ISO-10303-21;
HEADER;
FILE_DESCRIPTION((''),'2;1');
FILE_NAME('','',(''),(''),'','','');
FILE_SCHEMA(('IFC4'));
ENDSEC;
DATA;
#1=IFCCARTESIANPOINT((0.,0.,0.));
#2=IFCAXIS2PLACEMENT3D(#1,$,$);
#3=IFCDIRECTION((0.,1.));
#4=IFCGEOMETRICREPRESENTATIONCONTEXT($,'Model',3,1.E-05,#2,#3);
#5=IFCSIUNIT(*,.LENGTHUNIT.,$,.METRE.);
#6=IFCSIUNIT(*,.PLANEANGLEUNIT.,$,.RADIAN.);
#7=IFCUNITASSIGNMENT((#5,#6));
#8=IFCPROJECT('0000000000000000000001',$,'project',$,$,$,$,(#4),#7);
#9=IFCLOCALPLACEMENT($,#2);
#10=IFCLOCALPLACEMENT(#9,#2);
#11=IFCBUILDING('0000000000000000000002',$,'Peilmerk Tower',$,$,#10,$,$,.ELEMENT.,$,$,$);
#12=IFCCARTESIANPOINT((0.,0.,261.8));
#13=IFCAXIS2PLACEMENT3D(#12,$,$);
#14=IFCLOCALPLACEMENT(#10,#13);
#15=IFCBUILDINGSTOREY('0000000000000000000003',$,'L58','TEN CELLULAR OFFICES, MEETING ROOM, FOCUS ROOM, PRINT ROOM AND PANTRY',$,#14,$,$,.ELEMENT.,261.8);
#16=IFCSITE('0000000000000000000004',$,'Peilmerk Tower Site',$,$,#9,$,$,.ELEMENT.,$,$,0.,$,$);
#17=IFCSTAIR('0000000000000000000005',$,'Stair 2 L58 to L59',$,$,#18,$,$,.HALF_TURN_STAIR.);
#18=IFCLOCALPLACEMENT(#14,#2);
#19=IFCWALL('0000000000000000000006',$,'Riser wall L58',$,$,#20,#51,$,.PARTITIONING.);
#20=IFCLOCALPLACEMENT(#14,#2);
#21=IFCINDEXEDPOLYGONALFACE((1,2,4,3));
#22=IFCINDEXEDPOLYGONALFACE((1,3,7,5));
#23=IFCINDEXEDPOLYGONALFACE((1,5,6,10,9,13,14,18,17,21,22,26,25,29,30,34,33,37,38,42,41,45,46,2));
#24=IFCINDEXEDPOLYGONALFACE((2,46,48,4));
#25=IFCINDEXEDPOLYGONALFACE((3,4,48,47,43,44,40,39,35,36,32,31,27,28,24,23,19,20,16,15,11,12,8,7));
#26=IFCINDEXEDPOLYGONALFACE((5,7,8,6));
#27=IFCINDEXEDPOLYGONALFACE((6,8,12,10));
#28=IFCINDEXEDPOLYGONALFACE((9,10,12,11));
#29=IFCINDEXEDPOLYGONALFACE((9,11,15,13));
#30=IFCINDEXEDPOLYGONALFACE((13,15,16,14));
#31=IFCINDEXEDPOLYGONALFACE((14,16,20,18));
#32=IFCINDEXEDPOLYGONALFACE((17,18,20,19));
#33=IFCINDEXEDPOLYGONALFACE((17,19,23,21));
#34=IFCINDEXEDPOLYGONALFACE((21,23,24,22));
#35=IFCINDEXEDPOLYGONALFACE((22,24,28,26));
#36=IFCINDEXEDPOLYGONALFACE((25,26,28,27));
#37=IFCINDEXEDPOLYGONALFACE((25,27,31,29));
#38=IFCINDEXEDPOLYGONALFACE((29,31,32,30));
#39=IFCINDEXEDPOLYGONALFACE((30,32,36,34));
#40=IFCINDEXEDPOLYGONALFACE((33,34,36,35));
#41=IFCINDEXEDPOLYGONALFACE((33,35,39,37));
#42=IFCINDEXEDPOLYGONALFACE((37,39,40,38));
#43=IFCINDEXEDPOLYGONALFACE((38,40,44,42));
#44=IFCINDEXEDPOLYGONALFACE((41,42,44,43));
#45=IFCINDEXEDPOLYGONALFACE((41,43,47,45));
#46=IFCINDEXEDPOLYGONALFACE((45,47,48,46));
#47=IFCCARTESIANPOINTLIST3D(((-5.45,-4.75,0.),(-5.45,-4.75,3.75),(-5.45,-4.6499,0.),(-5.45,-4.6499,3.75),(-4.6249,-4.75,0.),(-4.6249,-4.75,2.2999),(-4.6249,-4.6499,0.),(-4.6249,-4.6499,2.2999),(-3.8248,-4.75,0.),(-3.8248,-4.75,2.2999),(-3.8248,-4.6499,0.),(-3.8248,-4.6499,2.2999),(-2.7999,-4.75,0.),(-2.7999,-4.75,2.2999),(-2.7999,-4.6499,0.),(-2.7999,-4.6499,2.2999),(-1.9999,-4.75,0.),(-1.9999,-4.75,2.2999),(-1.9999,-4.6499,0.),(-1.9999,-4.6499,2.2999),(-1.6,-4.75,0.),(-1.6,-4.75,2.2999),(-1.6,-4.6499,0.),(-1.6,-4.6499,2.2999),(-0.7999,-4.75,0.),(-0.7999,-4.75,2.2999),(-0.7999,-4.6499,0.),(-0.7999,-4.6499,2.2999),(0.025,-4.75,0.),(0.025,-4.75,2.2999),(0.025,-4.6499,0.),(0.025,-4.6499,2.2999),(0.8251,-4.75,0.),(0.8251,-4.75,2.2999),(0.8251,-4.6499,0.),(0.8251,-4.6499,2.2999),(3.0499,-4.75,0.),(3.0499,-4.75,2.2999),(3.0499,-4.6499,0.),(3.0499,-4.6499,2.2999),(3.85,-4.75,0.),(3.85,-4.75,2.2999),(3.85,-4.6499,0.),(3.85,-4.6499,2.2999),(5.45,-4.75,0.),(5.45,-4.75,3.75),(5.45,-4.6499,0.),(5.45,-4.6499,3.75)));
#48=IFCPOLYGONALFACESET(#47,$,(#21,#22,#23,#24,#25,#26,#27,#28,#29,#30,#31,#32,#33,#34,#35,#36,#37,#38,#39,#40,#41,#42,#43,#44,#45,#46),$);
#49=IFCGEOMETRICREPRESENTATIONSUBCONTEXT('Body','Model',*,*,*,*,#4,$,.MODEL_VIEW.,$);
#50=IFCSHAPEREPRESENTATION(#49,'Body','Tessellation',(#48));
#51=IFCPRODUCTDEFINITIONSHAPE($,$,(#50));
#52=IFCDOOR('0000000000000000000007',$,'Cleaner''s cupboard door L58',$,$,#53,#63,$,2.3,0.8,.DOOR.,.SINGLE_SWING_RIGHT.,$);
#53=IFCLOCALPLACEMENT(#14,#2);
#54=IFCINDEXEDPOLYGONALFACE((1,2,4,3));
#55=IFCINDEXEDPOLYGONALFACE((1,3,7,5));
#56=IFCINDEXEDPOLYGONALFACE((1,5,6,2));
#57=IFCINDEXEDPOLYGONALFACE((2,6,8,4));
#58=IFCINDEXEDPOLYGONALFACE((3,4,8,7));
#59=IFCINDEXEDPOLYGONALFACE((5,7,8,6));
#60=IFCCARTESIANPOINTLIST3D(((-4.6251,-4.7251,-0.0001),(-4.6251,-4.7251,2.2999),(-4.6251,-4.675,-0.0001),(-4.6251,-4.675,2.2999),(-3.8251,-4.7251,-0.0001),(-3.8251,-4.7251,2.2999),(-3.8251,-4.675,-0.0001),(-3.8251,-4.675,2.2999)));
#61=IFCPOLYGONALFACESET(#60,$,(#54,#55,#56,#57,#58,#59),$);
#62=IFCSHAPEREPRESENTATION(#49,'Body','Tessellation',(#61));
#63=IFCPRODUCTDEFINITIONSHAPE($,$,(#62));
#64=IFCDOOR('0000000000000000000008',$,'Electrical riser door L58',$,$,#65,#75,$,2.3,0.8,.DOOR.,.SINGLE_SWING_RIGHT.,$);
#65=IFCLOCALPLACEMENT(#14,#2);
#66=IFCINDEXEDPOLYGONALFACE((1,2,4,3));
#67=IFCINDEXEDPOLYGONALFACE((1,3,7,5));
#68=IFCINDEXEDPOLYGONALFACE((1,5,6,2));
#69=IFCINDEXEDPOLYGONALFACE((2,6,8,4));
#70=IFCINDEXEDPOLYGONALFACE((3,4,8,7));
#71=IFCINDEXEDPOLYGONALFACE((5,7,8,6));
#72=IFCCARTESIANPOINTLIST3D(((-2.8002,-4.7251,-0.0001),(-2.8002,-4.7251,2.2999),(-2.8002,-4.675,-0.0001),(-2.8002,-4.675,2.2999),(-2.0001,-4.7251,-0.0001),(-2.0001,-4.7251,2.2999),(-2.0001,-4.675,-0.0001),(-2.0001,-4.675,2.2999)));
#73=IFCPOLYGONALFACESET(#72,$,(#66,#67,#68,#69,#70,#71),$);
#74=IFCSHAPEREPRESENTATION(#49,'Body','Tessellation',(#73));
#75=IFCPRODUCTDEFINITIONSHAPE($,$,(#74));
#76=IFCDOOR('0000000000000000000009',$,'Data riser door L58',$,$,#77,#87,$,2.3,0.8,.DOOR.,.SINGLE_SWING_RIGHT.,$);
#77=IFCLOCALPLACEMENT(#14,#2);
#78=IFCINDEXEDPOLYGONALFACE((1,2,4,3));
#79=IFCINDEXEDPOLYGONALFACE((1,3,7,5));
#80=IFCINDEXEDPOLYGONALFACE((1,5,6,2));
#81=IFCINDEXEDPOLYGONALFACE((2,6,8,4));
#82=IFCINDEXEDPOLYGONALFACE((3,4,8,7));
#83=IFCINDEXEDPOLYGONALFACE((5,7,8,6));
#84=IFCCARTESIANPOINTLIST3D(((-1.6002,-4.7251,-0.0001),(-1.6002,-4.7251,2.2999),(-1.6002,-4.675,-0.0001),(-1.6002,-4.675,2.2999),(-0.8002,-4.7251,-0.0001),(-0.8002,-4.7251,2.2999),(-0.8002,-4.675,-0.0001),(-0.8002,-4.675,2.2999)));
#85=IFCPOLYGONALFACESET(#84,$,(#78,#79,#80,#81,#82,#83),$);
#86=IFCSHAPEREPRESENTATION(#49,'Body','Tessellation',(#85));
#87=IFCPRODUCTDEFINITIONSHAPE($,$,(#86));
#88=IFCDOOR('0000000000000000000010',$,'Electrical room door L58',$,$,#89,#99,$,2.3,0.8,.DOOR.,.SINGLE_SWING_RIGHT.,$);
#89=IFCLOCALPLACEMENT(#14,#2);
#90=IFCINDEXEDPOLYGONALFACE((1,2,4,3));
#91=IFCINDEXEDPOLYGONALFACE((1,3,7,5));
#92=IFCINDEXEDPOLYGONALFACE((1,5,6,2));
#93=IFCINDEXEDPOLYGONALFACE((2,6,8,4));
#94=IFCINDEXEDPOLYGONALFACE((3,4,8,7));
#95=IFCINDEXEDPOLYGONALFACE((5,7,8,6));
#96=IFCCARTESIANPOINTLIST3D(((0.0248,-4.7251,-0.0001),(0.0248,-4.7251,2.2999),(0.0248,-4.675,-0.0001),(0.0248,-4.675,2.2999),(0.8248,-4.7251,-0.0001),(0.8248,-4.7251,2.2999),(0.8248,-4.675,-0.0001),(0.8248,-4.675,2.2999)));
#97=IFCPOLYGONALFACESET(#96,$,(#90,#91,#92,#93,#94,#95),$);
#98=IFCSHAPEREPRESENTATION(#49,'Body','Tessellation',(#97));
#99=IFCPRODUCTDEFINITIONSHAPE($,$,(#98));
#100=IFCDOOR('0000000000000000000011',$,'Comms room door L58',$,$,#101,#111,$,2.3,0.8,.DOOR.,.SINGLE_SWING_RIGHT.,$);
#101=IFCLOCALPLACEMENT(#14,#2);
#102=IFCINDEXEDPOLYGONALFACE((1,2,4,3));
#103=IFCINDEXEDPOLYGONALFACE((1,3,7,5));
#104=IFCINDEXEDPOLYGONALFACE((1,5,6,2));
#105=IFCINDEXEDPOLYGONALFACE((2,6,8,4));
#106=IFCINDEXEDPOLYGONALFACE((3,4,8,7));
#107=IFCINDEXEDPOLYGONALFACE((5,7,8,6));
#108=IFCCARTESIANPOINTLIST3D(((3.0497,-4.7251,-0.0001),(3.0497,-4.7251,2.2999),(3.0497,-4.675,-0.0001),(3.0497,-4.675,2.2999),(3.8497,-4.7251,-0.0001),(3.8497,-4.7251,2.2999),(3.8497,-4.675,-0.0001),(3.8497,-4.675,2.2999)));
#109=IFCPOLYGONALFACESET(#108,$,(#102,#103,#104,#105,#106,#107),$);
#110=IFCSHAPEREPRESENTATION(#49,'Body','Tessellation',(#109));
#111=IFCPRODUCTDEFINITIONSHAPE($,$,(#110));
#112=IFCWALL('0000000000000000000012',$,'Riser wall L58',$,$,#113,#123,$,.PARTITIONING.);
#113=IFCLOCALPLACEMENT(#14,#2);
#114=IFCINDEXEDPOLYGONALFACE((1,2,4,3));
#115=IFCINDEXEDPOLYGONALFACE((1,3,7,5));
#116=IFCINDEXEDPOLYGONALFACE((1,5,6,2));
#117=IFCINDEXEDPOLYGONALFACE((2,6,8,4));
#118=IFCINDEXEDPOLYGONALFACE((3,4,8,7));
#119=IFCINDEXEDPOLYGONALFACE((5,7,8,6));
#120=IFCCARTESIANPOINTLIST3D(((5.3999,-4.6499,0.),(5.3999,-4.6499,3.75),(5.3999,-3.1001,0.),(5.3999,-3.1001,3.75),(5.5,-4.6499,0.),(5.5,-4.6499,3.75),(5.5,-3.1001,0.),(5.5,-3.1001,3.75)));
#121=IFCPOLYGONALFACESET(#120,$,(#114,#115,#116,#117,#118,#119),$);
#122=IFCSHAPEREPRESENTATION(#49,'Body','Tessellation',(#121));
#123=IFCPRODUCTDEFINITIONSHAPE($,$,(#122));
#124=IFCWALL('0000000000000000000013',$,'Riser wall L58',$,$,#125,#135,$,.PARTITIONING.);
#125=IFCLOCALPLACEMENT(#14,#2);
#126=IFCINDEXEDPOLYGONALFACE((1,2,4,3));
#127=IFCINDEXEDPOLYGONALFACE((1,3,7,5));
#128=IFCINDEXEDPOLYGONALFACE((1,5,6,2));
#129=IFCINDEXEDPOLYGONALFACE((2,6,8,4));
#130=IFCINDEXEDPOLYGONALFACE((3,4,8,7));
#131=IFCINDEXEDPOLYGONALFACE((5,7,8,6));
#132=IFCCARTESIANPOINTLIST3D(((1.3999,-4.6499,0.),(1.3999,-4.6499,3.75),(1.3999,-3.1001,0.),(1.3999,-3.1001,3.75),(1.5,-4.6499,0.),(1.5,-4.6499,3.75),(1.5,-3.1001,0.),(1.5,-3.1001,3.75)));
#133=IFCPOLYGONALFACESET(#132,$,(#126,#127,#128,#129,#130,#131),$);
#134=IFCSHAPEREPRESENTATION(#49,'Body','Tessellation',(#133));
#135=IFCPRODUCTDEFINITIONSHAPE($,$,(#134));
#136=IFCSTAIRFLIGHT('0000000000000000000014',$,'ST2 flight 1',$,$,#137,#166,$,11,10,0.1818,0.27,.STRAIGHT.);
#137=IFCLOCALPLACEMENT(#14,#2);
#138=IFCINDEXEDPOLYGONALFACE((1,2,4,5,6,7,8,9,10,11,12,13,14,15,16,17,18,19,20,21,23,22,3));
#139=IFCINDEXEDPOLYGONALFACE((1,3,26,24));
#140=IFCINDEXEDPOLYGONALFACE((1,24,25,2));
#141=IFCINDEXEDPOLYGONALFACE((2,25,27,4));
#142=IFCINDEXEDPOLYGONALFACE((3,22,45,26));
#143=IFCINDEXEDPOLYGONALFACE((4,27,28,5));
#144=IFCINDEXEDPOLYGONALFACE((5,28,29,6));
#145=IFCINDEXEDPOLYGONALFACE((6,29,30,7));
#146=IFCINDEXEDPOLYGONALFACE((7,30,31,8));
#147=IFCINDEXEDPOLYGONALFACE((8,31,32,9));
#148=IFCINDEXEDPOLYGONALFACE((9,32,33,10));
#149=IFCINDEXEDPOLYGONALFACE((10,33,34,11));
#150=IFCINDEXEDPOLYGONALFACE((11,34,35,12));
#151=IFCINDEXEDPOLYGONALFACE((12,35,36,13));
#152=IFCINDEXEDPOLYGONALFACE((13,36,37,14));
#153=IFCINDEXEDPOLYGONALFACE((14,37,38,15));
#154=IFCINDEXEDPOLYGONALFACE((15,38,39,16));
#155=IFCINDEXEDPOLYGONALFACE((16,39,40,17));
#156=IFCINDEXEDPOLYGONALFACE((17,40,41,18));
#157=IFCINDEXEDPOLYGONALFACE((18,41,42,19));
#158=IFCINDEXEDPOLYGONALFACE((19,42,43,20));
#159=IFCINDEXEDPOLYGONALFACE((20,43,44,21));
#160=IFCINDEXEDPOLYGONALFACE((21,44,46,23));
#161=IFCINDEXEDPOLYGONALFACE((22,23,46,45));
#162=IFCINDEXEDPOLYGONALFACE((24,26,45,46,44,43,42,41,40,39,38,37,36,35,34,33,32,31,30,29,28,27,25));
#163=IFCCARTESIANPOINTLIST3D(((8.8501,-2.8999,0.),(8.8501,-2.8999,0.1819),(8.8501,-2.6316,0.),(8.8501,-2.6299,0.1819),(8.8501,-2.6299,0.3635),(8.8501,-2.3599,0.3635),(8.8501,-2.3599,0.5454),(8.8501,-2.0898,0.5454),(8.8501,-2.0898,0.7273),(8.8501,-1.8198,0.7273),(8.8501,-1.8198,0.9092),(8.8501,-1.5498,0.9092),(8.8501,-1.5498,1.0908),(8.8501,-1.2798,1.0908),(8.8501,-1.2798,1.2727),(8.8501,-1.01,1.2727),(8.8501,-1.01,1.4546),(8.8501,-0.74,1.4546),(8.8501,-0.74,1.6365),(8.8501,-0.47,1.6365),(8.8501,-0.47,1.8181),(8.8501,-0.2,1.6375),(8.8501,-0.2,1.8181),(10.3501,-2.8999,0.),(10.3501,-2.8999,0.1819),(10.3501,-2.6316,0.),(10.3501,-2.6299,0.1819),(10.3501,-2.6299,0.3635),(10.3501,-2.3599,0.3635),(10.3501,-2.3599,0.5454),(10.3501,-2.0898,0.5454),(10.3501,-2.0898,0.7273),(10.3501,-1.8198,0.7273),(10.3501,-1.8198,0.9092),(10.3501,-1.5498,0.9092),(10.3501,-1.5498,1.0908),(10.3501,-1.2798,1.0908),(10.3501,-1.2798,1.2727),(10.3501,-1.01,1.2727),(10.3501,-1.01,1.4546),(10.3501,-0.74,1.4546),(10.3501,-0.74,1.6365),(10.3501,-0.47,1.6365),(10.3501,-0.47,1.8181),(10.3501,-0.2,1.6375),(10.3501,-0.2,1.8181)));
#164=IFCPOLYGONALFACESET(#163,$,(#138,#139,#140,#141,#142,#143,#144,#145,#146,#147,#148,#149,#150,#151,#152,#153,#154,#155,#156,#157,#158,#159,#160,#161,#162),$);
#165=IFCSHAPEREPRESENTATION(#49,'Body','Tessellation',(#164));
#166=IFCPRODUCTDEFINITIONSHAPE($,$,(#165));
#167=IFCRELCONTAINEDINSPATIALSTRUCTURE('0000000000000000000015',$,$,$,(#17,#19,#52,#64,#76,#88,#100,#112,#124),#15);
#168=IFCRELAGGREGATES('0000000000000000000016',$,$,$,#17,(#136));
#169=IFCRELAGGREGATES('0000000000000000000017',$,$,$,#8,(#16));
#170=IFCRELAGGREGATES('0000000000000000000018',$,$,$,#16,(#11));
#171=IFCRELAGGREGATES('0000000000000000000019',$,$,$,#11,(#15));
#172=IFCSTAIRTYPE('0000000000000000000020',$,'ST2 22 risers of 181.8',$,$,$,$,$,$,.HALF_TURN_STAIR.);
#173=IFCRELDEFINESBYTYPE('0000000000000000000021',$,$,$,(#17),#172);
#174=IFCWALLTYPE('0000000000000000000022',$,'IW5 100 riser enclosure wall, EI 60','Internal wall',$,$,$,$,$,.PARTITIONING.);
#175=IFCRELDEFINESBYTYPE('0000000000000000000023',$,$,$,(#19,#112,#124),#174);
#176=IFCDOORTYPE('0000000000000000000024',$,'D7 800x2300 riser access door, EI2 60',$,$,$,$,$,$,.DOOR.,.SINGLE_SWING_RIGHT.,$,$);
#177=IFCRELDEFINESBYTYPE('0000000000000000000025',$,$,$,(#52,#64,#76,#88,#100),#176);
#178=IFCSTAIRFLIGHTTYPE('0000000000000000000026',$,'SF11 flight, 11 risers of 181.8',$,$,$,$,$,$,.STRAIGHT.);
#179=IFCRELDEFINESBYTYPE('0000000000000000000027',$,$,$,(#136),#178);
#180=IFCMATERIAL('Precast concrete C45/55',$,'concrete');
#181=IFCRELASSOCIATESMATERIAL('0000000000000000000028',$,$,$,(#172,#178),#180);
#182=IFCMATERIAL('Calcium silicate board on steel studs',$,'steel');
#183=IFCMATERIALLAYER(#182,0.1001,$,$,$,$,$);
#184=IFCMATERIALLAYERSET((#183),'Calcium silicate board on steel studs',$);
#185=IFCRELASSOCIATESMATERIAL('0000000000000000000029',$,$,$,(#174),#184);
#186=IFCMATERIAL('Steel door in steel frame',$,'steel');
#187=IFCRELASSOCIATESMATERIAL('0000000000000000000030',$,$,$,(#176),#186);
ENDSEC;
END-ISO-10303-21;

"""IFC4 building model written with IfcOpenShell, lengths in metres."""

from ifc_helpers import new_model, si_unit, direction, frame, frame_2d, origin, place, context, subcontext, project, spatial, polyline, rectangle, outline, extrude, material, layer, layer_set, type_object, element, fill, aggregate, save


model = new_model("IFC4")

# Units and contexts
model_context = context("Model", 3, precision=1e-05, world=origin(), true_north=direction((0.0, 1.0)))
body_context = subcontext(model_context, "Body", "Model", "MODEL_VIEW")
ifc_project = project(units=[si_unit("LENGTHUNIT", "METRE"), si_unit("PLANEANGLEUNIT", "RADIAN")], contexts=[model_context])

# Site, building, storey
site_placement = place(None, origin())
site = spatial("IfcSite", under=ifc_project, at=site_placement, Name="Peilmerk Tower Site", CompositionType="ELEMENT", RefElevation=0.0)
building_placement = place(site_placement, origin())
building = spatial("IfcBuilding", under=site, at=building_placement, Name="Peilmerk Tower", CompositionType="ELEMENT")
storey_placement = place(building_placement, frame((0.0, 0.0, 261.8)))
storey = spatial("IfcBuildingStorey", under=building, at=storey_placement, Name="L58", Description="TEN CELLULAR OFFICES, MEETING ROOM, FOCUS ROOM, PRINT ROOM AND PANTRY", CompositionType="ELEMENT", Elevation=261.8)

# Stair
ifc_material_1 = material(Name="Precast concrete C45/55", Category="concrete")
stair_type = type_object("IfcStairType", Name="ST2 22 risers of 181.8", PredefinedType="HALF_TURN_STAIR", material=ifc_material_1)
stair_placement = place(storey_placement, origin())
stair = element("IfcStair", 1, at=stair_placement, inside=storey, type_object=stair_type, Name="Stair 2 L58 to L59", PredefinedType="HALF_TURN_STAIR")

# Shared definitions
ifc_material_2 = material(Name="Steel door in steel frame", Category="steel")

# Shared definitions
ifc_material_3 = material(Name="Calcium silicate board on steel studs", Category="steel")
ifc_layer_1 = layer(ifc_material_3, 0.1001)
ifc_layer_set_1 = layer_set([ifc_layer_1], Name="Calcium silicate board on steel studs")
wall_type_1 = type_object("IfcWallType", Name="IW5 100 riser enclosure wall, EI 60", Description="Internal wall", PredefinedType="PARTITIONING", material=ifc_layer_set_1)

# Wall, openings, doors
wall_1_placement = place(storey_placement, frame((5.45, -4.7, 0.0), z_axis=(0.0, 0.0, 1.0), x_axis=(-1.0, 0.0, 0.0)))
wall_1 = element("IfcWall", 2, at=wall_1_placement, inside=storey, type_object=wall_type_1, Name="Riser wall L58", PredefinedType="PARTITIONING", context=body_context, shape_type="SweptSolid", body=[
    extrude(rectangle(XDim=10.8999, YDim=0.1001, at=frame_2d((5.45, 0.0))), origin(), (0.0, 0.0, 1.0), 3.75),
])
opening_1_placement = place(wall_1_placement, frame((9.2749, 0.0, 0.0)))
opening_1 = element("IfcOpeningElement", 3, at=opening_1_placement, cuts=wall_1, PredefinedType="OPENING", context=body_context, shape_type="SweptSolid", body=[
    extrude(rectangle(XDim=0.8, YDim=2.3, at=frame_2d((0.3999, 1.1499))), frame((0.0, 0.0601, 0.0), z_axis=(0.0, -1.0, 0.0), x_axis=(1.0, 0.0, 0.0)), (0.0, 0.0, 1.0), 0.1201),
])
opening_2_placement = place(wall_1_placement, frame((7.45, 0.0, 0.0)))
opening_2 = element("IfcOpeningElement", 4, at=opening_2_placement, cuts=wall_1, PredefinedType="OPENING", context=body_context, shape_type="SweptSolid", body=[
    extrude(rectangle(XDim=0.8, YDim=2.3, at=frame_2d((0.3999, 1.1499))), frame((0.0, 0.0601, 0.0), z_axis=(0.0, -1.0, 0.0), x_axis=(1.0, 0.0, 0.0)), (0.0, 0.0, 1.0), 0.1201),
])
opening_3_placement = place(wall_1_placement, frame((6.25, 0.0, 0.0)))
opening_3 = element("IfcOpeningElement", 5, at=opening_3_placement, cuts=wall_1, PredefinedType="OPENING", context=body_context, shape_type="SweptSolid", body=[
    extrude(rectangle(XDim=0.8, YDim=2.3, at=frame_2d((0.3999, 1.1499))), frame((0.0, 0.0601, 0.0), z_axis=(0.0, -1.0, 0.0), x_axis=(1.0, 0.0, 0.0)), (0.0, 0.0, 1.0), 0.1201),
])
opening_4_placement = place(wall_1_placement, frame((4.625, 0.0, 0.0)))
opening_4 = element("IfcOpeningElement", 6, at=opening_4_placement, cuts=wall_1, PredefinedType="OPENING", context=body_context, shape_type="SweptSolid", body=[
    extrude(rectangle(XDim=0.8, YDim=2.3, at=frame_2d((0.3999, 1.1499))), frame((0.0, 0.0601, 0.0), z_axis=(0.0, -1.0, 0.0), x_axis=(1.0, 0.0, 0.0)), (0.0, 0.0, 1.0), 0.1201),
])
opening_5_placement = place(wall_1_placement, frame((1.6001, 0.0, 0.0)))
opening_5 = element("IfcOpeningElement", 7, at=opening_5_placement, cuts=wall_1, PredefinedType="OPENING", context=body_context, shape_type="SweptSolid", body=[
    extrude(rectangle(XDim=0.8, YDim=2.3, at=frame_2d((0.3999, 1.1499))), frame((0.0, 0.0601, 0.0), z_axis=(0.0, -1.0, 0.0), x_axis=(1.0, 0.0, 0.0)), (0.0, 0.0, 1.0), 0.1201),
])
door_type_1 = type_object("IfcDoorType", Name="D7 800x2300 riser access door, EI2 60", OperationType="SINGLE_SWING_RIGHT", PredefinedType="DOOR", material=ifc_material_2)
door_1_placement = place(opening_1_placement, frame((0.8, 0.0, 0.0), z_axis=(0.0, 0.0, 1.0), x_axis=(-1.0, 0.0, 0.0)))
door_1 = element("IfcDoor", 8, at=door_1_placement, inside=storey, type_object=door_type_1, Name="Cleaner's cupboard door L58", OperationType="SINGLE_SWING_RIGHT", OverallHeight=2.3, OverallWidth=0.8, PredefinedType="DOOR", context=body_context, shape_type="SweptSolid", body=[
    extrude(rectangle(XDim=0.8, YDim=2.3, at=frame_2d((0.3999, 1.1499))), frame((0.0, 0.0249, 0.0), z_axis=(0.0, -1.0, 0.0), x_axis=(1.0, 0.0, 0.0)), (0.0, 0.0, 1.0), 0.05),
])
fill(opening_1, door_1)
door_2_placement = place(opening_2_placement, frame((0.8, 0.0, 0.0), z_axis=(0.0, 0.0, 1.0), x_axis=(-1.0, 0.0, 0.0)))
door_2 = element("IfcDoor", 9, at=door_2_placement, inside=storey, type_object=door_type_1, Name="Electrical riser door L58", OperationType="SINGLE_SWING_RIGHT", OverallHeight=2.3, OverallWidth=0.8, PredefinedType="DOOR", context=body_context, shape_type="SweptSolid", body=[
    extrude(rectangle(XDim=0.8, YDim=2.3, at=frame_2d((0.3999, 1.1499))), frame((0.0, 0.0249, 0.0), z_axis=(0.0, -1.0, 0.0), x_axis=(1.0, 0.0, 0.0)), (0.0, 0.0, 1.0), 0.05),
])
fill(opening_2, door_2)
door_3_placement = place(opening_3_placement, frame((0.8, 0.0, 0.0), z_axis=(0.0, 0.0, 1.0), x_axis=(-1.0, 0.0, 0.0)))
door_3 = element("IfcDoor", 10, at=door_3_placement, inside=storey, type_object=door_type_1, Name="Data riser door L58", OperationType="SINGLE_SWING_RIGHT", OverallHeight=2.3, OverallWidth=0.8, PredefinedType="DOOR", context=body_context, shape_type="SweptSolid", body=[
    extrude(rectangle(XDim=0.8, YDim=2.3, at=frame_2d((0.3999, 1.1499))), frame((0.0, 0.0249, 0.0), z_axis=(0.0, -1.0, 0.0), x_axis=(1.0, 0.0, 0.0)), (0.0, 0.0, 1.0), 0.05),
])
fill(opening_3, door_3)
door_4_placement = place(opening_4_placement, frame((0.8, 0.0, 0.0), z_axis=(0.0, 0.0, 1.0), x_axis=(-1.0, 0.0, 0.0)))
door_4 = element("IfcDoor", 11, at=door_4_placement, inside=storey, type_object=door_type_1, Name="Electrical room door L58", OperationType="SINGLE_SWING_RIGHT", OverallHeight=2.3, OverallWidth=0.8, PredefinedType="DOOR", context=body_context, shape_type="SweptSolid", body=[
    extrude(rectangle(XDim=0.8, YDim=2.3, at=frame_2d((0.3999, 1.1499))), frame((0.0, 0.0249, 0.0), z_axis=(0.0, -1.0, 0.0), x_axis=(1.0, 0.0, 0.0)), (0.0, 0.0, 1.0), 0.05),
])
fill(opening_4, door_4)
door_5_placement = place(opening_5_placement, frame((0.8, 0.0, 0.0), z_axis=(0.0, 0.0, 1.0), x_axis=(-1.0, 0.0, 0.0)))
door_5 = element("IfcDoor", 12, at=door_5_placement, inside=storey, type_object=door_type_1, Name="Comms room door L58", OperationType="SINGLE_SWING_RIGHT", OverallHeight=2.3, OverallWidth=0.8, PredefinedType="DOOR", context=body_context, shape_type="SweptSolid", body=[
    extrude(rectangle(XDim=0.8, YDim=2.3, at=frame_2d((0.3999, 1.1499))), frame((0.0, 0.0249, 0.0), z_axis=(0.0, -1.0, 0.0), x_axis=(1.0, 0.0, 0.0)), (0.0, 0.0, 1.0), 0.05),
])
fill(opening_5, door_5)

# Walls
for number, where, z_axis, x_axis, name in (
    (13, (5.45, -3.1001, 0.0), (0.0, 0.0, 1.0), (0.0, -1.0, 0.0), "Riser wall L58"),
    (14, (1.45, -3.1001, 0.0), (0.0, 0.0, 1.0), (0.0, -1.0, 0.0), "Riser wall L58"),
):
    element("IfcWall", number, at=place(storey_placement, frame(where, z_axis=z_axis, x_axis=x_axis)), inside=storey, type_object=wall_type_1, Name=name, PredefinedType="PARTITIONING", context=body_context, shape_type="SweptSolid", body=[
        extrude(rectangle(XDim=1.5498, YDim=0.1001, at=frame_2d((0.7749, 0.0))), origin(), (0.0, 0.0, 1.0), 3.75),
    ])

# Stair flight
stair_flight_type = type_object("IfcStairFlightType", Name="SF11 flight, 11 risers of 181.8", PredefinedType="STRAIGHT", material=ifc_material_1)
stair_flight_1_placement = place(storey_placement, frame((9.6001, -2.8999, 0.0), z_axis=(0.0, 0.0, 1.0), x_axis=(0.0, 1.0, 0.0)))
stair_flight_1 = element("IfcStairFlight", 15, at=stair_flight_1_placement, type_object=stair_flight_type, Name="ST2 flight 1", NumberOfRisers=11, NumberOfTreads=10, PredefinedType="STRAIGHT", RiserHeight=0.1818, TreadLength=0.27, context=body_context, shape_type="SweptSolid", body=[
    extrude(outline(polyline([(0.0, 0.0), (0.0, 0.1819), (0.27, 0.1819), (0.27, 0.3635), (0.54, 0.3635), (0.54, 0.5454), (0.8101, 0.5454), (0.8101, 0.7273), (1.0801, 0.7273), (1.0801, 0.9092), (1.3501, 0.9092), (1.3501, 1.0908), (1.6201, 1.0908), (1.6201, 1.2727), (1.8899, 1.2727), (1.8899, 1.4546), (2.1599, 1.4546), (2.1599, 1.6365), (2.4299, 1.6365), (2.4299, 1.8181), (2.7, 1.8181), (2.7, 2.0), (2.7, 1.6375), (0.2683, 0.0), (0.0, 0.0)])), frame((0.0, 0.75, 0.0), z_axis=(0.0, -1.0, 0.0), x_axis=(1.0, 0.0, 0.0)), (0.0, 0.0, 1.0), 1.5),
])
aggregate(stair, [stair_flight_1])

save(model, "model.ifc")
